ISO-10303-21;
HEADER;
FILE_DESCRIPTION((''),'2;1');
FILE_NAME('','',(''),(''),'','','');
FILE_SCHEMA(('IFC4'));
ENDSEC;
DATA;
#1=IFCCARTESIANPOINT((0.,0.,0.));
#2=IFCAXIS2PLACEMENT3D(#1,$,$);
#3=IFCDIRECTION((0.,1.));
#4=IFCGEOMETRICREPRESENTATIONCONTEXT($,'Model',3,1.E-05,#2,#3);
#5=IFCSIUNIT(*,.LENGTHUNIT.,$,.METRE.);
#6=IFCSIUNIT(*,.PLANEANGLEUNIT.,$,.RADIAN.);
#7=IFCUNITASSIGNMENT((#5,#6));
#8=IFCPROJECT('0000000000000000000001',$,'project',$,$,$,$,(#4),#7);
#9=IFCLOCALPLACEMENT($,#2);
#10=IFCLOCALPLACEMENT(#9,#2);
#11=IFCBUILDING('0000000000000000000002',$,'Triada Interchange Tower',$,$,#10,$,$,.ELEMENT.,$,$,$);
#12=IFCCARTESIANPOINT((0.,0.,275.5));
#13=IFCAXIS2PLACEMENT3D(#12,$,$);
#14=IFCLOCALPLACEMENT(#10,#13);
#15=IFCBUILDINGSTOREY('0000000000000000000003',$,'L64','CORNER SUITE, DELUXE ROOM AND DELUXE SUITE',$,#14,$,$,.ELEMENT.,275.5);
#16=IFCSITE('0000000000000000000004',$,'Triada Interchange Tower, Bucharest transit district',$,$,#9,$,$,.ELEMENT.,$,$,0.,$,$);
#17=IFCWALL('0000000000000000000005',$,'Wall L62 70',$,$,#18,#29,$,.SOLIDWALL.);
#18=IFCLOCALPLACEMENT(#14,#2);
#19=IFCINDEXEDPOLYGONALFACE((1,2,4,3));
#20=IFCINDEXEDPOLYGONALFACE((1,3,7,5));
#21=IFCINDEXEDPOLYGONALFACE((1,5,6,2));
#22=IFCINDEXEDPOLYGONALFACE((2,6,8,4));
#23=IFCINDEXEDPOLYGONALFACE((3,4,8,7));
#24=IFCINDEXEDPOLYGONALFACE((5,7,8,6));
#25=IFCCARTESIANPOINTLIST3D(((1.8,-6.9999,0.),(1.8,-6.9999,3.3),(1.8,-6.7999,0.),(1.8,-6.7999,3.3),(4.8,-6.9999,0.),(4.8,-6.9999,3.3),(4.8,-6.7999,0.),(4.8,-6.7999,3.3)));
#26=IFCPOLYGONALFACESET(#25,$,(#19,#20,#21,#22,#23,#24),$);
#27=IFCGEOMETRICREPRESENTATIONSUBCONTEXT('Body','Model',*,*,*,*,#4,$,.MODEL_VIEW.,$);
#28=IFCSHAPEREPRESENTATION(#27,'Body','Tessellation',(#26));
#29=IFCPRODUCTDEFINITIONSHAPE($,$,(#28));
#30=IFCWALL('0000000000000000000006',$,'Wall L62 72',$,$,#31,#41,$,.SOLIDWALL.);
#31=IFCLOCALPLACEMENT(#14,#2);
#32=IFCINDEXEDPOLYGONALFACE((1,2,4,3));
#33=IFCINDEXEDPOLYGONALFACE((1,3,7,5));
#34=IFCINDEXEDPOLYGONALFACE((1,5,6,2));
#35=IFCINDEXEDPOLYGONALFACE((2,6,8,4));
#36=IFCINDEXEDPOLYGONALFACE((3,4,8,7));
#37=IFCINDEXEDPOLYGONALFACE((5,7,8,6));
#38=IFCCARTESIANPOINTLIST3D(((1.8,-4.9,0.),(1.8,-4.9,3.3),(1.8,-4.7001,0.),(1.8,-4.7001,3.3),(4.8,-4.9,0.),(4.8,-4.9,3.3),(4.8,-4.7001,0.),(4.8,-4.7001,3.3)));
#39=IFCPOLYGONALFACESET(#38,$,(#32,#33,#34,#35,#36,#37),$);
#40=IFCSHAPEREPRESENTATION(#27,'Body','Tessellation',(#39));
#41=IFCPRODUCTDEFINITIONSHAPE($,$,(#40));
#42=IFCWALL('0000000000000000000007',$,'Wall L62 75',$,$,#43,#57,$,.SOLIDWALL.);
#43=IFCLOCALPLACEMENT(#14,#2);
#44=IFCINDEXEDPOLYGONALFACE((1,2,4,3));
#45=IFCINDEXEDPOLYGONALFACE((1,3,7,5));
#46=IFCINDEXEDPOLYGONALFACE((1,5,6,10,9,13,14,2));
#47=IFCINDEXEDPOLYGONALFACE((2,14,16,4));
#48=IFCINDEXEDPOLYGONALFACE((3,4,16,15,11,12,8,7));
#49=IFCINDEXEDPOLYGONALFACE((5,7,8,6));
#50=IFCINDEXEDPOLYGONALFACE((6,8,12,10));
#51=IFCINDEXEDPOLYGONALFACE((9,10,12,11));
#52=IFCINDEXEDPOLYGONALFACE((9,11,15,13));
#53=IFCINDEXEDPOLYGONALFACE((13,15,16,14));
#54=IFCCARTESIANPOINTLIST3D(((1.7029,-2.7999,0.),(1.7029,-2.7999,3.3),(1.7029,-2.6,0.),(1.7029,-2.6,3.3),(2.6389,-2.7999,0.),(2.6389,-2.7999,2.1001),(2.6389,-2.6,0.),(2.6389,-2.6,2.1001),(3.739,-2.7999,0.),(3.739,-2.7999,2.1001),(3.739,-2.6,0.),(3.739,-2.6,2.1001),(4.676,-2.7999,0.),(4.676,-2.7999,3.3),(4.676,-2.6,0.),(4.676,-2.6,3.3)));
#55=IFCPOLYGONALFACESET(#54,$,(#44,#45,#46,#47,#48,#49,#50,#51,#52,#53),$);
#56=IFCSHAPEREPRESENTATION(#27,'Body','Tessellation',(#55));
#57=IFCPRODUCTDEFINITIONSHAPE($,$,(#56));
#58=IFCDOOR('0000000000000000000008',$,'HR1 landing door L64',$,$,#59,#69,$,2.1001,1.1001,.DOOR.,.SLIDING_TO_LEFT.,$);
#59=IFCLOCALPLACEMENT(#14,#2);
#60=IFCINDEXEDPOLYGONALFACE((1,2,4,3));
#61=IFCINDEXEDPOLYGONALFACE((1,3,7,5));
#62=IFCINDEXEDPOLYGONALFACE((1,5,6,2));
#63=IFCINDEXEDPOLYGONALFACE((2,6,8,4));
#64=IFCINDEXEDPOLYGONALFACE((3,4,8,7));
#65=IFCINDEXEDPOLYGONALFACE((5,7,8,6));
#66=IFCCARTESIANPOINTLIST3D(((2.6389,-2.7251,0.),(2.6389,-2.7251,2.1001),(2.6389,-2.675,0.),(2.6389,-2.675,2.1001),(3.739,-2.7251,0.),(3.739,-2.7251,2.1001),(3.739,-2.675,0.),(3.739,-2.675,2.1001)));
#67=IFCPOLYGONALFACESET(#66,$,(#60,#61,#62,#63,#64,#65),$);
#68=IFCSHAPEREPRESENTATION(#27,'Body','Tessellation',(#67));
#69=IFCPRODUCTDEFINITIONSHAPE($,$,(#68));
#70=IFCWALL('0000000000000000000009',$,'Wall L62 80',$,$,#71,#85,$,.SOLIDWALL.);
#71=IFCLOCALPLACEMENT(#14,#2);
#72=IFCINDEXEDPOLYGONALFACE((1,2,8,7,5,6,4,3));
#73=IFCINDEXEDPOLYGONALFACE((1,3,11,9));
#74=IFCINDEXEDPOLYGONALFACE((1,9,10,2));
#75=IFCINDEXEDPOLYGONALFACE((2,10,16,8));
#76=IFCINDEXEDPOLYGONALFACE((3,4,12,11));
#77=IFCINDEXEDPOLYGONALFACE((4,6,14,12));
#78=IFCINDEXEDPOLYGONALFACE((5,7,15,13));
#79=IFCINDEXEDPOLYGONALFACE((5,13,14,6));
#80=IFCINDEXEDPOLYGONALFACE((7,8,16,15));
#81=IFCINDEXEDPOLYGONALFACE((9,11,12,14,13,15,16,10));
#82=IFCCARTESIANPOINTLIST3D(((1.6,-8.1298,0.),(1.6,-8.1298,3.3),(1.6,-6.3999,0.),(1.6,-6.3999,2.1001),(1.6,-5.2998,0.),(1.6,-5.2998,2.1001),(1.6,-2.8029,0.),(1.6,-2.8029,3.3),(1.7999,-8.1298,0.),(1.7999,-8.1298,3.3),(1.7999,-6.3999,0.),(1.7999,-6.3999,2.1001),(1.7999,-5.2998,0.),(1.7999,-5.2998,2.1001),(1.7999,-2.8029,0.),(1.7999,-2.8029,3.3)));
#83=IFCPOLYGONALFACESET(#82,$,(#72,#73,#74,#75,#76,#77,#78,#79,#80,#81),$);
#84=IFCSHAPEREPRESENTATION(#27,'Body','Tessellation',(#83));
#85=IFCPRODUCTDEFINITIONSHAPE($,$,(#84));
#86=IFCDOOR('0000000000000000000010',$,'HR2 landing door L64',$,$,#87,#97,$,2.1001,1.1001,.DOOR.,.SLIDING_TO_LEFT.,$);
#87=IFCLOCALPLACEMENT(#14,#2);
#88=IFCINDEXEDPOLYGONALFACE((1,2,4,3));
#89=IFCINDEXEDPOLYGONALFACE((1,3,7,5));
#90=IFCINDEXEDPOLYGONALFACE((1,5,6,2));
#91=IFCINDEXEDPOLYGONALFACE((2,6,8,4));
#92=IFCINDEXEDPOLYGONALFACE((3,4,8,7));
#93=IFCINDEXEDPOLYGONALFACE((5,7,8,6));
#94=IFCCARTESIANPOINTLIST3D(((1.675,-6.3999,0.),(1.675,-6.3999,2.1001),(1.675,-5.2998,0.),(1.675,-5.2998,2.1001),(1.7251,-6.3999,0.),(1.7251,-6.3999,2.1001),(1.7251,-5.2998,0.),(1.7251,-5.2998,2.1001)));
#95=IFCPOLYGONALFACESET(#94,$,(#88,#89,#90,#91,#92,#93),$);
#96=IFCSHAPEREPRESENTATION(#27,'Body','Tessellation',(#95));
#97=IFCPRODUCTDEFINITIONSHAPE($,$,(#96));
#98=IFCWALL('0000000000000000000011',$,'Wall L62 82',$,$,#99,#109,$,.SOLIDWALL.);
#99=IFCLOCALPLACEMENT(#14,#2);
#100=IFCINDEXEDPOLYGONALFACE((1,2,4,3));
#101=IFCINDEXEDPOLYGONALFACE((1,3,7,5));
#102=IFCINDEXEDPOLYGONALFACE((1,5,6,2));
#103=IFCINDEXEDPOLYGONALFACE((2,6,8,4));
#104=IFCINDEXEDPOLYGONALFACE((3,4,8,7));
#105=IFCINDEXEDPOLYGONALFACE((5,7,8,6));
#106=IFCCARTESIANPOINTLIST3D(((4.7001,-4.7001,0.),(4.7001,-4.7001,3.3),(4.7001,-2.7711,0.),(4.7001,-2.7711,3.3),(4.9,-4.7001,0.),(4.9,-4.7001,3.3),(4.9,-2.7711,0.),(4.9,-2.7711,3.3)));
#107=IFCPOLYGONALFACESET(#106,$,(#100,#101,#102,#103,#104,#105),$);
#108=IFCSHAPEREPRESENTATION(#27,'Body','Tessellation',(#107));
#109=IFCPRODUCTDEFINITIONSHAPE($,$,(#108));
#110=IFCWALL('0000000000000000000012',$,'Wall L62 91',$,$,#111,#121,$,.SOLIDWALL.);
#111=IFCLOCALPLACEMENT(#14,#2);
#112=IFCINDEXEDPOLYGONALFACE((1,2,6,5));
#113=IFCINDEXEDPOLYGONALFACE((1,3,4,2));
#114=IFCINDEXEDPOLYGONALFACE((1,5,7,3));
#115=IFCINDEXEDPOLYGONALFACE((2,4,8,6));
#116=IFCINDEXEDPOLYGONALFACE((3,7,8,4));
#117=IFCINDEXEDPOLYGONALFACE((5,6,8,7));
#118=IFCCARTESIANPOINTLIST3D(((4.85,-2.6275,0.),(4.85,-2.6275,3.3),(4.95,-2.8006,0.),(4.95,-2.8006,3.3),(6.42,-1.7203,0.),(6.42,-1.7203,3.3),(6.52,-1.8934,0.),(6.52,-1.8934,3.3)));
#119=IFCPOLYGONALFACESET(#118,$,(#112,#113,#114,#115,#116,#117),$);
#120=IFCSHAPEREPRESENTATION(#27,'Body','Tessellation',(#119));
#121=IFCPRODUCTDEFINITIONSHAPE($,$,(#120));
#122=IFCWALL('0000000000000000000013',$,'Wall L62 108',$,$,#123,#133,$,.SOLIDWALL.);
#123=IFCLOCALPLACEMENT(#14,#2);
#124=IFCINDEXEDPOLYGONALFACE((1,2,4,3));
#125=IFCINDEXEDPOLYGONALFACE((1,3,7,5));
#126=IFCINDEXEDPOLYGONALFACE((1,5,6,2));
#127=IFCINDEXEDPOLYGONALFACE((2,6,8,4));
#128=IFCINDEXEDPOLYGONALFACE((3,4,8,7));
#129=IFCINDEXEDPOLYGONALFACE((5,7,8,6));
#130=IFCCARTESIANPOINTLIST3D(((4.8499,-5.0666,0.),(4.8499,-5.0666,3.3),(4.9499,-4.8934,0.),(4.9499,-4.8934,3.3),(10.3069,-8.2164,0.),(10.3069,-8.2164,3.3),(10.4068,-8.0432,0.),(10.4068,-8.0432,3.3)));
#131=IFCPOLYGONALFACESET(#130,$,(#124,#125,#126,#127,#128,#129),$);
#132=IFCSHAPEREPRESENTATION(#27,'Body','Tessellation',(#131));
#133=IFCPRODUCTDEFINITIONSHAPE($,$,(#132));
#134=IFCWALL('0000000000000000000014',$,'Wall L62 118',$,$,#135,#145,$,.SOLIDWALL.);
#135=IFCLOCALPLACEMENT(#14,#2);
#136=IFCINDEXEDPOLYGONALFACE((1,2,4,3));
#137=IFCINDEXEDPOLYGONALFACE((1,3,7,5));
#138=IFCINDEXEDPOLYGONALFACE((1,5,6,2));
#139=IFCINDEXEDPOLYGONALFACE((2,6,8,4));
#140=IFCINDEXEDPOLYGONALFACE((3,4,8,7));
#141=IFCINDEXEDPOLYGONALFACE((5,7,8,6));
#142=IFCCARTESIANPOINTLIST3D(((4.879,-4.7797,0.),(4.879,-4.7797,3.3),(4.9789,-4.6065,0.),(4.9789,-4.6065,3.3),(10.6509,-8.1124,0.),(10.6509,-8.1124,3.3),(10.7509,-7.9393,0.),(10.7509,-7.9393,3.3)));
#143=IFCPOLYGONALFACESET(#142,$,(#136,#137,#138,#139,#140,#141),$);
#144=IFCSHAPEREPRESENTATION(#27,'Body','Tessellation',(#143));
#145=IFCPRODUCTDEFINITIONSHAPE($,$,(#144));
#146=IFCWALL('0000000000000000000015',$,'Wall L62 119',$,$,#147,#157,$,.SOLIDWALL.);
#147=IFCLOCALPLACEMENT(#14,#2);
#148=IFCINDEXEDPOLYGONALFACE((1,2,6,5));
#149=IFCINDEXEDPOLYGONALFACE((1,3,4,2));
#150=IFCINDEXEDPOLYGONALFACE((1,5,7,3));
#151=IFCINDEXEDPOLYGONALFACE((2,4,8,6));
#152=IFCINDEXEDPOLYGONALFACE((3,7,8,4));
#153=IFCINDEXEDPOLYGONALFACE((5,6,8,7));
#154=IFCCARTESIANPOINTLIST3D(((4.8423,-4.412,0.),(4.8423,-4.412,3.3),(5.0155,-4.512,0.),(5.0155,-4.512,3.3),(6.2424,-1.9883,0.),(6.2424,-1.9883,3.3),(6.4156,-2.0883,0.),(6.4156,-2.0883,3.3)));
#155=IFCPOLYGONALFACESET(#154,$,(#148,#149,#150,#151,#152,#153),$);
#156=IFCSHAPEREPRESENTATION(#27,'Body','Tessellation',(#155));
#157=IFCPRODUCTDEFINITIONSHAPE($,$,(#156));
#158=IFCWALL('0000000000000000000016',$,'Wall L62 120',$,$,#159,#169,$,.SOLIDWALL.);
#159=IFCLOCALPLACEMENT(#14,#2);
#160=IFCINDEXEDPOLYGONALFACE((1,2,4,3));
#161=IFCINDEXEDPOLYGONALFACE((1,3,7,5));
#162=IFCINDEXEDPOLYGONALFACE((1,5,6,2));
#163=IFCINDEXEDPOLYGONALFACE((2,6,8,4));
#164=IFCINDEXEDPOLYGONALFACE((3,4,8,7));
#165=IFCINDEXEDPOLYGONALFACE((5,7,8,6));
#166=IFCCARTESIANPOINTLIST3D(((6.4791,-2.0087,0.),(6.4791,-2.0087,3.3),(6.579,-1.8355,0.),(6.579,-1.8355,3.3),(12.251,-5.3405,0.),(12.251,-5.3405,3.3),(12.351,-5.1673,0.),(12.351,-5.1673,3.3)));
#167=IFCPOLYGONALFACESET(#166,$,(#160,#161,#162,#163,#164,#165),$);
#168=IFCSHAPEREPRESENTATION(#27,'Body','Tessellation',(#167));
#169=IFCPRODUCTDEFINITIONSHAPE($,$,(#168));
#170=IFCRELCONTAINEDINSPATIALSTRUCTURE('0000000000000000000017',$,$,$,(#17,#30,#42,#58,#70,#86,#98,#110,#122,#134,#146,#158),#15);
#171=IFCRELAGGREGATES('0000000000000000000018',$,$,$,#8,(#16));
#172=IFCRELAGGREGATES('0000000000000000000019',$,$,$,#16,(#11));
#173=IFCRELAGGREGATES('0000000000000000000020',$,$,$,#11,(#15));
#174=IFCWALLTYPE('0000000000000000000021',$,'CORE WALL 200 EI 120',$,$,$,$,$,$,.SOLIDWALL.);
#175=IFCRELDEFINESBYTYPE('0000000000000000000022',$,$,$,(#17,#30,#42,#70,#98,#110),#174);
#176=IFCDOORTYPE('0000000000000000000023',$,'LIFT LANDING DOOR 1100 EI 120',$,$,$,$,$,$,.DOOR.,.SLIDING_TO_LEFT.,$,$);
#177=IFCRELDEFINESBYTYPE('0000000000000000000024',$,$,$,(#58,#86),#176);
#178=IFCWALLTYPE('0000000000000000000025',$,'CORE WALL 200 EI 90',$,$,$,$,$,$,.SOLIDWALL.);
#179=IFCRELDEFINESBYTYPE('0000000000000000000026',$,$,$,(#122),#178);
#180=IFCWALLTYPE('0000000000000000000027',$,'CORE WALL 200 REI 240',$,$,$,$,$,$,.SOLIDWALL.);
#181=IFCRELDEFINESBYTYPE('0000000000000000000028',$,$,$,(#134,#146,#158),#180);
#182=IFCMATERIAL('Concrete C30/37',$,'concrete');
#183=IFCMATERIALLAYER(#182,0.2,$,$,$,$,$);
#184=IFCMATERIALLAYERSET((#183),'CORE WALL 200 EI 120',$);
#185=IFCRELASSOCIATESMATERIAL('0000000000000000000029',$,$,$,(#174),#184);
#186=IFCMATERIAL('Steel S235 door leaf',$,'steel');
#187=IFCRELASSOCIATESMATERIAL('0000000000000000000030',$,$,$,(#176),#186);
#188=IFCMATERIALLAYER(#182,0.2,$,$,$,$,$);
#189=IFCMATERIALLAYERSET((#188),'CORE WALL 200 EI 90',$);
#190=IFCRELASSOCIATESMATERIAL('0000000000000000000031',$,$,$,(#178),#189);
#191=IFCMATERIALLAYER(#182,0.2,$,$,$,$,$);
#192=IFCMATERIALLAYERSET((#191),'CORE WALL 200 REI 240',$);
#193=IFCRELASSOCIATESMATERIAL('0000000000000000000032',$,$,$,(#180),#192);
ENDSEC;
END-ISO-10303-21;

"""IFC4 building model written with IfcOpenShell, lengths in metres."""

from ifc_helpers import new_model, si_unit, direction, frame, frame_2d, origin, place, context, subcontext, project, spatial, rectangle, extrude, material, layer, layer_set, type_object, element, fill, save


model = new_model("IFC4")

# Units and contexts
model_context = context("Model", 3, precision=1e-05, world=origin(), true_north=direction((0.0, 1.0)))
body_context = subcontext(model_context, "Body", "Model", "MODEL_VIEW")
ifc_project = project(units=[si_unit("LENGTHUNIT", "METRE"), si_unit("PLANEANGLEUNIT", "RADIAN")], contexts=[model_context])

# Site, building, storey
site_placement = place(None, origin())
site = spatial("IfcSite", under=ifc_project, at=site_placement, Name="Triada Interchange Tower, Bucharest transit district", CompositionType="ELEMENT", RefElevation=0.0)
building_placement = place(site_placement, origin())
building = spatial("IfcBuilding", under=site, at=building_placement, Name="Triada Interchange Tower", CompositionType="ELEMENT")
storey_placement = place(building_placement, frame((0.0, 0.0, 275.5)))
storey = spatial("IfcBuildingStorey", under=building, at=storey_placement, Name="L64", Description="CORNER SUITE, DELUXE ROOM AND DELUXE SUITE", CompositionType="ELEMENT", Elevation=275.5)

# Walls
ifc_material_1 = material(Name="Concrete C30/37", Category="concrete")
ifc_layer_1 = layer(ifc_material_1, 0.2)
ifc_layer_set_1 = layer_set([ifc_layer_1], Name="CORE WALL 200 EI 120")
wall_type_1 = type_object("IfcWallType", Name="CORE WALL 200 EI 120", PredefinedType="SOLIDWALL", material=ifc_layer_set_1)
for number, where, z_axis, x_axis, name in (
    (1, (1.8, -6.8999, 0.0), (0.0, 0.0, 1.0), (1.0, 0.0, 0.0), "Wall L62 70"),
    (2, (1.8, -4.8, 0.0), (0.0, 0.0, 1.0), (1.0, 0.0, 0.0), "Wall L62 72"),
):
    element("IfcWall", number, at=place(storey_placement, frame(where, z_axis=z_axis, x_axis=x_axis)), inside=storey, type_object=wall_type_1, Name=name, PredefinedType="SOLIDWALL", context=body_context, shape_type="SweptSolid", body=[
        extrude(rectangle(XDim=3.0, YDim=0.2, at=frame_2d((1.5, 0.0))), origin(), (0.0, 0.0, 1.0), 3.3),
    ])

# Walls, openings, doors
wall_1_placement = place(storey_placement, frame((1.7029, -2.7, 0.0), z_axis=(0.0, 0.0, 1.0), x_axis=(1.0, 0.0, 0.0)))
wall_1 = element("IfcWall", 3, at=wall_1_placement, inside=storey, type_object=wall_type_1, Name="Wall L62 75", PredefinedType="SOLIDWALL", context=body_context, shape_type="SweptSolid", body=[
    extrude(rectangle(XDim=2.9731, YDim=0.2, at=frame_2d((1.4866, 0.0))), origin(), (0.0, 0.0, 1.0), 3.3),
])
opening_1_placement = place(wall_1_placement, frame((0.936, 0.0, 0.0)))
opening_1 = element("IfcOpeningElement", 4, at=opening_1_placement, cuts=wall_1, PredefinedType="OPENING", context=body_context, shape_type="SweptSolid", body=[
    extrude(rectangle(XDim=1.1001, YDim=2.1001, at=frame_2d((0.55, 1.05))), frame((0.0, 0.1099, 0.0), z_axis=(0.0, -1.0, 0.0), x_axis=(1.0, 0.0, 0.0)), (0.0, 0.0, 1.0), 0.22),
])
ifc_material_2 = material(Name="Steel S235 door leaf", Category="steel")
door_type_1 = type_object("IfcDoorType", Name="LIFT LANDING DOOR 1100 EI 120", OperationType="SLIDING_TO_LEFT", PredefinedType="DOOR", material=ifc_material_2)
door_1_placement = place(opening_1_placement, origin())
door_1 = element("IfcDoor", 5, at=door_1_placement, inside=storey, type_object=door_type_1, Name="HR1 landing door L64", OperationType="SLIDING_TO_LEFT", OverallHeight=2.1001, OverallWidth=1.1001, PredefinedType="DOOR", context=body_context, shape_type="SweptSolid", body=[
    extrude(rectangle(XDim=1.1001, YDim=2.1001, at=frame_2d((0.55, 1.05))), frame((0.0, 0.0249, 0.0), z_axis=(0.0, -1.0, 0.0), x_axis=(1.0, 0.0, 0.0)), (0.0, 0.0, 1.0), 0.05),
])
fill(opening_1, door_1)
wall_2_placement = place(storey_placement, frame((1.7, -8.1299, 0.0), z_axis=(0.0, 0.0, 1.0), x_axis=(0.0, 1.0, 0.0)))
wall_2 = element("IfcWall", 6, at=wall_2_placement, inside=storey, type_object=wall_type_1, Name="Wall L62 80", PredefinedType="SOLIDWALL", context=body_context, shape_type="SweptSolid", body=[
    extrude(rectangle(XDim=5.3269, YDim=0.2, at=frame_2d((2.6636, 0.0))), origin(), (0.0, 0.0, 1.0), 3.3),
])
opening_2_placement = place(wall_2_placement, frame((1.73, 0.0, 0.0)))
opening_2 = element("IfcOpeningElement", 7, at=opening_2_placement, cuts=wall_2, PredefinedType="OPENING", context=body_context, shape_type="SweptSolid", body=[
    extrude(rectangle(XDim=1.1001, YDim=2.1001, at=frame_2d((0.55, 1.05))), frame((0.0, 0.1099, 0.0), z_axis=(0.0, -1.0, 0.0), x_axis=(1.0, 0.0, 0.0)), (0.0, 0.0, 1.0), 0.22),
])
door_2_placement = place(opening_2_placement, origin())
door_2 = element("IfcDoor", 8, at=door_2_placement, inside=storey, type_object=door_type_1, Name="HR2 landing door L64", OperationType="SLIDING_TO_LEFT", OverallHeight=2.1001, OverallWidth=1.1001, PredefinedType="DOOR", context=body_context, shape_type="SweptSolid", body=[
    extrude(rectangle(XDim=1.1001, YDim=2.1001, at=frame_2d((0.55, 1.05))), frame((0.0, 0.0249, 0.0), z_axis=(0.0, -1.0, 0.0), x_axis=(1.0, 0.0, 0.0)), (0.0, 0.0, 1.0), 0.05),
])
fill(opening_2, door_2)

# Walls
wall_3_placement = place(storey_placement, frame((4.8, -4.7, 0.0), z_axis=(0.0, 0.0, 1.0), x_axis=(0.0, 1.0, 0.0)))
element("IfcWall", 9, at=wall_3_placement, inside=storey, type_object=wall_type_1, Name="Wall L62 82", PredefinedType="SOLIDWALL", context=body_context, shape_type="SweptSolid", body=[
    extrude(rectangle(XDim=1.929, YDim=0.2, at=frame_2d((0.9644, 0.0))), origin(), (0.0, 0.0, 1.0), 3.3),
])
wall_4_placement = place(storey_placement, frame((4.8999, -2.7141, 0.0), z_axis=(0.0, 0.0, 1.0), x_axis=(0.865847, 0.500309, 0.0)))
element("IfcWall", 10, at=wall_4_placement, inside=storey, type_object=wall_type_1, Name="Wall L62 91", PredefinedType="SOLIDWALL", context=body_context, shape_type="SweptSolid", body=[
    extrude(rectangle(XDim=1.8132, YDim=0.2, at=frame_2d((0.9067, 0.0))), origin(), (0.0, 0.0, 1.0), 3.3),
])
ifc_layer_2 = layer(ifc_material_1, 0.2)
ifc_layer_set_2 = layer_set([ifc_layer_2], Name="CORE WALL 200 EI 90")
wall_type_2 = type_object("IfcWallType", Name="CORE WALL 200 EI 90", PredefinedType="SOLIDWALL", material=ifc_layer_set_2)
wall_5_placement = place(storey_placement, frame((4.8999, -4.98, 0.0), z_axis=(0.0, 0.0, 1.0), x_axis=(0.866075, -0.499915, 0.0)))
element("IfcWall", 11, at=wall_5_placement, inside=storey, type_object=wall_type_2, Name="Wall L62 108", PredefinedType="SOLIDWALL", context=body_context, shape_type="SweptSolid", body=[
    extrude(rectangle(XDim=6.3008, YDim=0.2, at=frame_2d((3.1504, 0.0))), origin(), (0.0, 0.0, 1.0), 3.3),
])
ifc_layer_3 = layer(ifc_material_1, 0.2)
ifc_layer_set_3 = layer_set([ifc_layer_3], Name="CORE WALL 200 REI 240")
wall_type_3 = type_object("IfcWallType", Name="CORE WALL 200 REI 240", PredefinedType="SOLIDWALL", material=ifc_layer_set_3)
wall_6_placement = place(storey_placement, frame((4.929, -4.6931, 0.0), z_axis=(0.0, 0.0, 1.0), x_axis=(0.866005, -0.500035, 0.0)))
element("IfcWall", 12, at=wall_6_placement, inside=storey, type_object=wall_type_3, Name="Wall L62 118", PredefinedType="SOLIDWALL", context=body_context, shape_type="SweptSolid", body=[
    extrude(rectangle(XDim=6.665, YDim=0.2, at=frame_2d((3.3325, 0.0))), origin(), (0.0, 0.0, 1.0), 3.3),
])
wall_7_placement = place(storey_placement, frame((4.929, -4.4619, 0.0), z_axis=(0.0, 0.0, 1.0), x_axis=(0.500201, 0.86591, 0.0)))
element("IfcWall", 13, at=wall_7_placement, inside=storey, type_object=wall_type_3, Name="Wall L62 119", PredefinedType="SOLIDWALL", context=body_context, shape_type="SweptSolid", body=[
    extrude(rectangle(XDim=2.7991, YDim=0.2, at=frame_2d((1.3994, 0.0))), origin(), (0.0, 0.0, 1.0), 3.3),
])
wall_8_placement = place(storey_placement, frame((6.5291, -1.9221, 0.0), z_axis=(0.0, 0.0, 1.0), x_axis=(0.866068, -0.499925, 0.0)))
element("IfcWall", 14, at=wall_8_placement, inside=storey, type_object=wall_type_3, Name="Wall L62 120", PredefinedType="SOLIDWALL", context=body_context, shape_type="SweptSolid", body=[
    extrude(rectangle(XDim=6.6646, YDim=0.2, at=frame_2d((3.3323, 0.0))), origin(), (0.0, 0.0, 1.0), 3.3),
])

save(model, "model.ifc")
